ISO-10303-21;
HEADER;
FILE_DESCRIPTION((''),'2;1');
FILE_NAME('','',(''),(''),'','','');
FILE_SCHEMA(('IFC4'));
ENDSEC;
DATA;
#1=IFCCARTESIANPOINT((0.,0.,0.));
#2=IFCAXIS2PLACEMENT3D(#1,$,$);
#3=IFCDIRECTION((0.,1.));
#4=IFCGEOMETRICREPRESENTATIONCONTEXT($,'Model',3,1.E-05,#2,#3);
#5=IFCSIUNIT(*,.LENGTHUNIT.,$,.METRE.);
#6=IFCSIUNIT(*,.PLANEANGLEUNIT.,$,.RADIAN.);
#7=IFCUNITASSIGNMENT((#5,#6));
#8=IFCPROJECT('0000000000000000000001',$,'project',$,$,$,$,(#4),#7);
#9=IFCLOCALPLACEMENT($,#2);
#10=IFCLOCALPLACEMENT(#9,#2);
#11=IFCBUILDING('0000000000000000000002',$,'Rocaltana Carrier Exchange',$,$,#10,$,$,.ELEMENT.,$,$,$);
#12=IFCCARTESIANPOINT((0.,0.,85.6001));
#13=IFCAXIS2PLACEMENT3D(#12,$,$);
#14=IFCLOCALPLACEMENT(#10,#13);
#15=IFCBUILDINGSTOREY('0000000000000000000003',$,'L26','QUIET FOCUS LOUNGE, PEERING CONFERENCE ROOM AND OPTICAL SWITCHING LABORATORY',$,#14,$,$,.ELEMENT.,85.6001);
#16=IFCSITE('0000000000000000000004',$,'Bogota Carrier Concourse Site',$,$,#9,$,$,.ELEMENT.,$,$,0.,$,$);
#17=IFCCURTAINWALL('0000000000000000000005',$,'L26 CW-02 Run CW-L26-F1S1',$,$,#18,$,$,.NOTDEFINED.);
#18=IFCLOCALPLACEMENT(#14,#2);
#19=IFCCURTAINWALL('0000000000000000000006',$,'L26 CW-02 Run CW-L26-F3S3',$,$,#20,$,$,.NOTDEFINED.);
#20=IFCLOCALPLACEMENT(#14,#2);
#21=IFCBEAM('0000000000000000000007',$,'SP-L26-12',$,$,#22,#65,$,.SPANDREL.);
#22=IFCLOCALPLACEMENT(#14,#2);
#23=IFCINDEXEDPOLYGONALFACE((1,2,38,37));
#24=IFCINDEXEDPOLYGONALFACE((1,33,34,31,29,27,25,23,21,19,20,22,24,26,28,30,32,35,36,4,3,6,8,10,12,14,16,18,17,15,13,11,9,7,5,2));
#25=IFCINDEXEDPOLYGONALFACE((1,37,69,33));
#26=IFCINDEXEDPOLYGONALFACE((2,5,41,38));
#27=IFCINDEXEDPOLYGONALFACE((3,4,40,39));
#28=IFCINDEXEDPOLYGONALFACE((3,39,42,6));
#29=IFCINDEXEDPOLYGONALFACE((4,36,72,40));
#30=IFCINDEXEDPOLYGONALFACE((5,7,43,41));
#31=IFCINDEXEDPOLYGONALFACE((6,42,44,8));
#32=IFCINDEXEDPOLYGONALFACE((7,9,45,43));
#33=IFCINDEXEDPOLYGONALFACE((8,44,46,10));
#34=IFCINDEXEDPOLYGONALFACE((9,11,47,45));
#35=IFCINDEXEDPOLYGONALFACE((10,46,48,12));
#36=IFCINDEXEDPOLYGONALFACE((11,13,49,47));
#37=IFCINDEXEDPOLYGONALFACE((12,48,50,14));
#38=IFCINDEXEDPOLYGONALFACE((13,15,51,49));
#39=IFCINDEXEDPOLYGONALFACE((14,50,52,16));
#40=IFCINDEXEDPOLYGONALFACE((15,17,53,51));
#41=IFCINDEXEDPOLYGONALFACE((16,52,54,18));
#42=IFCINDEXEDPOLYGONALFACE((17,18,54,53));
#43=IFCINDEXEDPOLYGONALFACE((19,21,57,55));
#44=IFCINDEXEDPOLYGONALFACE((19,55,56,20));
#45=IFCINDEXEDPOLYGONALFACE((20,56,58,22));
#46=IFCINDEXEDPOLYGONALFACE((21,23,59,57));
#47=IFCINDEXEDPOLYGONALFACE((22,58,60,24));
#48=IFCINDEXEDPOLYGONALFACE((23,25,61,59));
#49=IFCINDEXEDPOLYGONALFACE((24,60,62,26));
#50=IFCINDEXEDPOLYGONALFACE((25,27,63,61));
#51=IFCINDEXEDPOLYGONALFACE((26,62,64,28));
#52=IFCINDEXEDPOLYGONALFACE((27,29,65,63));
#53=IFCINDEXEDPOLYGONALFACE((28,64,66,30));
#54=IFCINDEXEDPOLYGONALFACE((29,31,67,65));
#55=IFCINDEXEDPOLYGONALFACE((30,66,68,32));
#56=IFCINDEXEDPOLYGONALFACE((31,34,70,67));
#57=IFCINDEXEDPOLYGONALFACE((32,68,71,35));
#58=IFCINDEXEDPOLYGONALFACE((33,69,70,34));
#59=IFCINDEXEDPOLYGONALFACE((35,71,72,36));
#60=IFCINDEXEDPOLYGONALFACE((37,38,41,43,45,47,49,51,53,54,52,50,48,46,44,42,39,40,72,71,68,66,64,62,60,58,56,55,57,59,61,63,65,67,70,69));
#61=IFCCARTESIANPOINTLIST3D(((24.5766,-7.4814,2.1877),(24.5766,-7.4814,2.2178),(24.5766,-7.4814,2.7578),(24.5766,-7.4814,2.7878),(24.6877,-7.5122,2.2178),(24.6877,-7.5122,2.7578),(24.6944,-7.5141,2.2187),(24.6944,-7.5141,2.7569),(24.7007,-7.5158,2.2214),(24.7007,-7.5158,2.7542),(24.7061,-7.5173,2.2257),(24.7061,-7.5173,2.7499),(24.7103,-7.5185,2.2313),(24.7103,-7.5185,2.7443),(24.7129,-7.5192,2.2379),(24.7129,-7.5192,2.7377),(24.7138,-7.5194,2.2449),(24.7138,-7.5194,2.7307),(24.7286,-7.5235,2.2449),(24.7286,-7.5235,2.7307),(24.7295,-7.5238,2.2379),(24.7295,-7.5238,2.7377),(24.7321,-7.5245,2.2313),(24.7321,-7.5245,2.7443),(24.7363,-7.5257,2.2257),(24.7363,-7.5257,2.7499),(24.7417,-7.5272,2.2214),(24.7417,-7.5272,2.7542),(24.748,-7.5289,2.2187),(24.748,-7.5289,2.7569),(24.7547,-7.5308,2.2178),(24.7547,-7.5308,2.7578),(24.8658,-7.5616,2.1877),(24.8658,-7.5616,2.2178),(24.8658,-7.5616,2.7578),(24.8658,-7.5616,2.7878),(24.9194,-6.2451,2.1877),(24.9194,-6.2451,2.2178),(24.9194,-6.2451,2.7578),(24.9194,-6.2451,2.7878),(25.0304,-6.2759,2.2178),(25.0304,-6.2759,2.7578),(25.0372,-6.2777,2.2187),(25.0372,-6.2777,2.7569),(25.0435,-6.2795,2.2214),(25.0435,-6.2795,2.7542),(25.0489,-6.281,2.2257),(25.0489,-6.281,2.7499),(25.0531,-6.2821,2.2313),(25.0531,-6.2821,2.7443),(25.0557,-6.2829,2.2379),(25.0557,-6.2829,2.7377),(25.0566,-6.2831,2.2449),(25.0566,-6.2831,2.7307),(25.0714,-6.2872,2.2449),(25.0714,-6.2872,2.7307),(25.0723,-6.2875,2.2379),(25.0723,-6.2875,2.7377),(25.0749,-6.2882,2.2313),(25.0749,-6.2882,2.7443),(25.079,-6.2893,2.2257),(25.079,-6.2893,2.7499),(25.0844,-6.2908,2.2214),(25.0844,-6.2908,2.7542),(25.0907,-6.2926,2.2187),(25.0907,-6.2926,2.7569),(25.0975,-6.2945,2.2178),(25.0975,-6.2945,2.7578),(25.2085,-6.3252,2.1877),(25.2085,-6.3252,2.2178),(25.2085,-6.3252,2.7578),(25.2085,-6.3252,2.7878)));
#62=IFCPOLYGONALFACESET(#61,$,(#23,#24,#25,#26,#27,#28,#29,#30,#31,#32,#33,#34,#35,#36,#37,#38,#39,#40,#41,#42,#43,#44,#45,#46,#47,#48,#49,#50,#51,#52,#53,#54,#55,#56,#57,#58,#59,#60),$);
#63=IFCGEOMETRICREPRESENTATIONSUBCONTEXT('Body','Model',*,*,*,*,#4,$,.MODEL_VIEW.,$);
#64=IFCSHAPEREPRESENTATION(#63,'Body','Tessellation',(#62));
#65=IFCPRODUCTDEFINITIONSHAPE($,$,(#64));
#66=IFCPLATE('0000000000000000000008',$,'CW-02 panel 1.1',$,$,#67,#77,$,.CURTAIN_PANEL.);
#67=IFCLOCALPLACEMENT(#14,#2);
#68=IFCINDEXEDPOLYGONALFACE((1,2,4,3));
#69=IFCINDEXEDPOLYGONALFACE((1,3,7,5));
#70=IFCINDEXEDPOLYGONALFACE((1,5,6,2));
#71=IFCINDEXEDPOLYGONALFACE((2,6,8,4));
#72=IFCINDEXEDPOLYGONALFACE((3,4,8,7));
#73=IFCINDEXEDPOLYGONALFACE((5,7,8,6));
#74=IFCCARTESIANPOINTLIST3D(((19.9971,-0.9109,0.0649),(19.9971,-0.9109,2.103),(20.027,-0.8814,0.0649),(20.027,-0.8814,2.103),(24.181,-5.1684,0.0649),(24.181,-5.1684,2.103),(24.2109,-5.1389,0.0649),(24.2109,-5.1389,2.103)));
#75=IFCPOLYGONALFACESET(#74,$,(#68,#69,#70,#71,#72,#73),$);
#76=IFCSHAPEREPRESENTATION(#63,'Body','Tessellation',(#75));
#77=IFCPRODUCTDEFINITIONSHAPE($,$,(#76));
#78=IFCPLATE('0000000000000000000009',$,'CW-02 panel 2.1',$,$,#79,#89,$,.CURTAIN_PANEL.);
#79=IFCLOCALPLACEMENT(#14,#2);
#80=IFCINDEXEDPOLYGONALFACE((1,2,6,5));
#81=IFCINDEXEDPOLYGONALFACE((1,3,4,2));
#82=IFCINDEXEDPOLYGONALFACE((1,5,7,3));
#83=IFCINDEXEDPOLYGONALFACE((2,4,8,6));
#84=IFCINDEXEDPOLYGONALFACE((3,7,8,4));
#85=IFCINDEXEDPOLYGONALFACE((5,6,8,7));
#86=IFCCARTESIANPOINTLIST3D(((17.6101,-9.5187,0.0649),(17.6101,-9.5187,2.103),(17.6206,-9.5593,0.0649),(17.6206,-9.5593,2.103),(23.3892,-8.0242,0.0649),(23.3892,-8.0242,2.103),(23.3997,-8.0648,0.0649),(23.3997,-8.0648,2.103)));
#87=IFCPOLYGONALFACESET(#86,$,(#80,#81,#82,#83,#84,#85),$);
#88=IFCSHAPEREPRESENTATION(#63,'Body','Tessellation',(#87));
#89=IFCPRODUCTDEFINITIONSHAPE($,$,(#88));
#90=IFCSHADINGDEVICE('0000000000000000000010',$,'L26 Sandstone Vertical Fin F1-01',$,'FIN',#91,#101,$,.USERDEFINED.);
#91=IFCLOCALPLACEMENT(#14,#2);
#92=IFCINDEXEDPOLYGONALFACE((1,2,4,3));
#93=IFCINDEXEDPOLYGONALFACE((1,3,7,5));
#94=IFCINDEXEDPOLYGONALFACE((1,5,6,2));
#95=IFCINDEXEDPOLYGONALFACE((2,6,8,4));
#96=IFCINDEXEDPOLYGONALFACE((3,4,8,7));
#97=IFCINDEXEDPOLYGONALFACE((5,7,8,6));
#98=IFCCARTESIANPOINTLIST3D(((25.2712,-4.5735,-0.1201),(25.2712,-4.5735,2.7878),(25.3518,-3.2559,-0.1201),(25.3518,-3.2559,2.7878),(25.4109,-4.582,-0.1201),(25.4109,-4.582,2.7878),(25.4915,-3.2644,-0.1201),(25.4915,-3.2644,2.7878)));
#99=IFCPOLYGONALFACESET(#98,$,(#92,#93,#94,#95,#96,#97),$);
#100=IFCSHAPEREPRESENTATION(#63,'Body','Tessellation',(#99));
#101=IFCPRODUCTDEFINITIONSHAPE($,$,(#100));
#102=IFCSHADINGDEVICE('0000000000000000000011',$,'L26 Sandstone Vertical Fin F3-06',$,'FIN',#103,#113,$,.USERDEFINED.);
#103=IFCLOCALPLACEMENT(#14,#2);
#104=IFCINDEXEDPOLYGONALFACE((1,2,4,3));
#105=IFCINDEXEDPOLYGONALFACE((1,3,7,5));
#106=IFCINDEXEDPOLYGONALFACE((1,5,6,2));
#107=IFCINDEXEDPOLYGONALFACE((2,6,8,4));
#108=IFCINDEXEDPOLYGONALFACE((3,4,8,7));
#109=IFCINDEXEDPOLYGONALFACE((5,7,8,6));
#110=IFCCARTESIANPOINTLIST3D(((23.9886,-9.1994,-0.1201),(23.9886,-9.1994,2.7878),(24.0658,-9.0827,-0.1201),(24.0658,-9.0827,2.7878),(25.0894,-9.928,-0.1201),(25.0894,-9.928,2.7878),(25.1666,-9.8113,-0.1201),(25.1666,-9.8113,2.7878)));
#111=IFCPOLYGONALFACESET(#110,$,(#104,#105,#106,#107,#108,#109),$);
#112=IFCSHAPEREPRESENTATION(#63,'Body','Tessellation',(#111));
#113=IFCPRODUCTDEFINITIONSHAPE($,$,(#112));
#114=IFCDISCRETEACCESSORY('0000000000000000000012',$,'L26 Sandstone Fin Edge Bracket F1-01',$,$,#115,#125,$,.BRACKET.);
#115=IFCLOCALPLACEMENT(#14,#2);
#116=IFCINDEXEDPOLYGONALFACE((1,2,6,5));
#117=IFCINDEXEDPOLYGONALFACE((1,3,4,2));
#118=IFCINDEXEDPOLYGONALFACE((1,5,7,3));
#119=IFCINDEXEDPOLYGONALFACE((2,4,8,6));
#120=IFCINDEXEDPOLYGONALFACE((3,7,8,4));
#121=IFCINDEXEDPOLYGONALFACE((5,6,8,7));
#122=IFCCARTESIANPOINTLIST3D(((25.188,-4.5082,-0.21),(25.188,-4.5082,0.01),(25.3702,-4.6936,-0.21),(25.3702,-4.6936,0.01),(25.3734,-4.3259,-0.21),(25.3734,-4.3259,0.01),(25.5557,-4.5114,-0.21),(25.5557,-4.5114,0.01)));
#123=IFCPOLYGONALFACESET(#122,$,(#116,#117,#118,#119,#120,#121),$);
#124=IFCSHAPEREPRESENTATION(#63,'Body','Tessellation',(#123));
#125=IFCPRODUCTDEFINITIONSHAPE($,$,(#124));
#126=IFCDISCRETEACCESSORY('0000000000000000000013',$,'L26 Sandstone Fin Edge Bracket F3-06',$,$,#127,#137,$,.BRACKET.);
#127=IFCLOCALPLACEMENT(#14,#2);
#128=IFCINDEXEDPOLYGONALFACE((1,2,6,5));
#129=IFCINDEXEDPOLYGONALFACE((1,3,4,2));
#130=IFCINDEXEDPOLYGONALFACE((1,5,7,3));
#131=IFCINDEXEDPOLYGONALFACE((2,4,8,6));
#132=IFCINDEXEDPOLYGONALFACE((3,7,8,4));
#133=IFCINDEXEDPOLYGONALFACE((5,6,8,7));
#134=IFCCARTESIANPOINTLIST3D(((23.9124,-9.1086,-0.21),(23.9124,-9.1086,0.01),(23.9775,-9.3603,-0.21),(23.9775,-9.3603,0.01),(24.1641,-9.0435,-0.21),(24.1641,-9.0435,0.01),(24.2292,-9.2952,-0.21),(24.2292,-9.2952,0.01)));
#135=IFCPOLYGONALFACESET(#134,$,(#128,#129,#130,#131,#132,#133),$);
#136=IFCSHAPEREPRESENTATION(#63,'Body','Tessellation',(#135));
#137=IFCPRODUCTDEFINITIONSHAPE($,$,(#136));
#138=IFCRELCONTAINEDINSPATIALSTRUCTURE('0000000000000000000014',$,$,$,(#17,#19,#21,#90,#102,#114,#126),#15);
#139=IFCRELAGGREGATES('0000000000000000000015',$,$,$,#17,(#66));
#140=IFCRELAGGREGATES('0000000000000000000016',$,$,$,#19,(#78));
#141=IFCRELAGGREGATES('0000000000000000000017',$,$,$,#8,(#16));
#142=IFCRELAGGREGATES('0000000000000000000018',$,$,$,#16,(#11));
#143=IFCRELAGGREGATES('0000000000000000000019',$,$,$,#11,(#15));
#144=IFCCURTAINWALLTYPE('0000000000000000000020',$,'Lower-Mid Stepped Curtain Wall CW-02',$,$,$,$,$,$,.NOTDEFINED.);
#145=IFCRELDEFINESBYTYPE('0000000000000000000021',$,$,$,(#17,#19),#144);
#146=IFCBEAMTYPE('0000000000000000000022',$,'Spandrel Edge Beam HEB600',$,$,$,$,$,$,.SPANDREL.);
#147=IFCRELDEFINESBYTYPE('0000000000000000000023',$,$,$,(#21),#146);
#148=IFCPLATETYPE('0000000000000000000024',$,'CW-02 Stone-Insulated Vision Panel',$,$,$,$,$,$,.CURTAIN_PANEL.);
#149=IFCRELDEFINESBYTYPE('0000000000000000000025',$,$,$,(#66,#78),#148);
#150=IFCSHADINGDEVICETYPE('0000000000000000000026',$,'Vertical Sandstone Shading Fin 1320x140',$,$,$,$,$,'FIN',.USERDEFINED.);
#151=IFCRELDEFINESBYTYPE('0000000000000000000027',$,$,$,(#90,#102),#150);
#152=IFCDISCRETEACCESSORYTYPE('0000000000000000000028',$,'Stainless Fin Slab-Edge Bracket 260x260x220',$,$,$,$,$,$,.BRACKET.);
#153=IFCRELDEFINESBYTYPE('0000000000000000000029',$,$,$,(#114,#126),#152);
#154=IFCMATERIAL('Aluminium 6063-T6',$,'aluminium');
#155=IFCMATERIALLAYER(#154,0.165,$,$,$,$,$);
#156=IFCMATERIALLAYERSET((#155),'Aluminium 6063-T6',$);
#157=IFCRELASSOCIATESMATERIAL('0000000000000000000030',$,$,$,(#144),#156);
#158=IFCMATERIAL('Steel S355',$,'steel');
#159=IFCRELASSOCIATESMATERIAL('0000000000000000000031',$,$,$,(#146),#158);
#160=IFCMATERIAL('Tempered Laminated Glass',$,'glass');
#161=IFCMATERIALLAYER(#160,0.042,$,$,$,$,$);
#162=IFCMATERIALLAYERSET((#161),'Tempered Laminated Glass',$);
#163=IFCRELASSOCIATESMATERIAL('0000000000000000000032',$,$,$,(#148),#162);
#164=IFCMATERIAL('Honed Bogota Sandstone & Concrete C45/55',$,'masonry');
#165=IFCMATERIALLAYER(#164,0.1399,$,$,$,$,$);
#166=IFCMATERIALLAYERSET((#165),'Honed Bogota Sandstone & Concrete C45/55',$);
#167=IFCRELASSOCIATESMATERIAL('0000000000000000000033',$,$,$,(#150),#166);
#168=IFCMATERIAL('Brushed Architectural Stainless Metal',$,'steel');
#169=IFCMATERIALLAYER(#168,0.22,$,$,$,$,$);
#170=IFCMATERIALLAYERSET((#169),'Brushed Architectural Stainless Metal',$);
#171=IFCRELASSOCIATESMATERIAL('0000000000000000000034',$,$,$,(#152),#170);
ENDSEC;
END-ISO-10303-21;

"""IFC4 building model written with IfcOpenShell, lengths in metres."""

from ifc_helpers import new_model, si_unit, direction, frame, origin, origin_2d, place, context, subcontext, project, spatial, rectangle, i_section, extrude, material, layer, layer_set, material_profile, profile_set, type_object, element, aggregate, save


model = new_model("IFC4")

# Units and contexts
model_context = context("Model", 3, precision=1e-05, world=origin(), true_north=direction((0.0, 1.0)))
body_context = subcontext(model_context, "Body", "Model", "MODEL_VIEW")
ifc_project = project(units=[si_unit("LENGTHUNIT", "METRE"), si_unit("PLANEANGLEUNIT", "RADIAN")], contexts=[model_context])

# Site, building, storey
site_placement = place(None, origin())
site = spatial("IfcSite", under=ifc_project, at=site_placement, Name="Bogota Carrier Concourse Site", CompositionType="ELEMENT", RefElevation=0.0)
building_placement = place(site_placement, origin())
building = spatial("IfcBuilding", under=site, at=building_placement, Name="Rocaltana Carrier Exchange", CompositionType="ELEMENT")
storey_placement = place(building_placement, frame((0.0, 0.0, 85.6001)))
storey = spatial("IfcBuildingStorey", under=building, at=storey_placement, Name="L26", Description="QUIET FOCUS LOUNGE, PEERING CONFERENCE ROOM AND OPTICAL SWITCHING LABORATORY", CompositionType="ELEMENT", Elevation=85.6001)

# Curtain wall
ifc_material_1 = material(Name="Aluminium 6063-T6", Category="aluminium")
ifc_layer_1 = layer(ifc_material_1, 0.165)
ifc_layer_set_1 = layer_set([ifc_layer_1], Name="Aluminium 6063-T6")
curtain_wall_type = type_object("IfcCurtainWallType", Name="Lower-Mid Stepped Curtain Wall CW-02", PredefinedType="NOTDEFINED", material=ifc_layer_set_1)
curtain_wall_1_placement = place(storey_placement, origin())
curtain_wall_1 = element("IfcCurtainWall", 1, at=curtain_wall_1_placement, inside=storey, type_object=curtain_wall_type, Name="L26 CW-02 Run CW-L26-F1S1", PredefinedType="NOTDEFINED")

# Curtain wall
curtain_wall_2_placement = place(storey_placement, origin())
curtain_wall_2 = element("IfcCurtainWall", 2, at=curtain_wall_2_placement, inside=storey, type_object=curtain_wall_type, Name="L26 CW-02 Run CW-L26-F3S3", PredefinedType="NOTDEFINED")

# Beam
ifc_material_2 = material(Name="Steel S355", Category="steel")
ifc_material_profile_1 = material_profile(ifc_material_2, i_section(OverallWidth=0.3, OverallDepth=0.6001, WebThickness=0.0154, FlangeThickness=0.03, FilletRadius=0.0271, at=origin_2d()), Name="HEB600")
ifc_profile_set_1 = profile_set([ifc_material_profile_1], Name="Steel S355")
beam_type_1 = type_object("IfcBeamType", Name="Spandrel Edge Beam HEB600", PredefinedType="SPANDREL", material=ifc_profile_set_1)
beam_1_placement = place(storey_placement, frame((24.7212, -7.5215, 2.4878), z_axis=(0.267173, 0.963649, 0.0), x_axis=(-0.963649, 0.267173, 0.0)))
element("IfcBeam", 3, at=beam_1_placement, inside=storey, type_object=beam_type_1, Name="SP-L26-12", PredefinedType="SPANDREL", context=body_context, shape_type="SweptSolid", body=[
    extrude(i_section(OverallWidth=0.3, OverallDepth=0.6001, WebThickness=0.0154, FlangeThickness=0.03, FilletRadius=0.0271, at=origin_2d()), origin(), (0.0, 0.0, 1.0), 1.283),
])

# Plates
ifc_material_3 = material(Name="Tempered Laminated Glass", Category="glass")
ifc_layer_2 = layer(ifc_material_3, 0.042)
ifc_layer_set_2 = layer_set([ifc_layer_2], Name="Tempered Laminated Glass")
plate_type = type_object("IfcPlateType", Name="CW-02 Stone-Insulated Vision Panel", PredefinedType="CURTAIN_PANEL", material=ifc_layer_set_2)
plate_1_placement = place(storey_placement, frame((22.104, -3.0249, 0.0649), z_axis=(0.0, 0.0, 1.0), x_axis=(-0.700915, 0.713245, 0.0)))
plate_1 = element("IfcPlate", 4, at=plate_1_placement, type_object=plate_type, Name="CW-02 panel 1.1", PredefinedType="CURTAIN_PANEL", context=body_context, shape_type="SweptSolid", body=[
    extrude(rectangle(XDim=5.9692, YDim=0.042, at=origin_2d()), origin(), (0.0, 0.0, 1.0), 2.0381),
])
aggregate(curtain_wall_1, [plate_1])
plate_2_placement = place(storey_placement, frame((20.5049, -8.7917, 0.0649), z_axis=(0.0, 0.0, 1.0), x_axis=(0.96815, 0.25037, 0.0)))
plate_2 = element("IfcPlate", 5, at=plate_2_placement, type_object=plate_type, Name="CW-02 panel 2.1", PredefinedType="CURTAIN_PANEL", context=body_context, shape_type="SweptSolid", body=[
    extrude(rectangle(XDim=5.9692, YDim=0.042, at=origin_2d()), origin(), (0.0, 0.0, 1.0), 2.0381),
])
aggregate(curtain_wall_2, [plate_2])

# Shading devices
ifc_material_4 = material(Name="Honed Bogota Sandstone & Concrete C45/55", Category="masonry")
ifc_layer_3 = layer(ifc_material_4, 0.1399)
ifc_layer_set_3 = layer_set([ifc_layer_3], Name="Honed Bogota Sandstone & Concrete C45/55")
shading_device_type = type_object("IfcShadingDeviceType", Name="Vertical Sandstone Shading Fin 1320x140", ElementType="FIN", PredefinedType="USERDEFINED", material=ifc_layer_set_3)
for number, where, z_axis, x_axis, name in (
    (6, (25.3813, -3.9189, -0.1201), (0.0, 0.0, 1.0), (0.061049, 0.998135, 0.0), "L26 Sandstone Vertical Fin F1-01"),
    (7, (24.5776, -9.5054, -0.1201), (0.0, 0.0, 1.0), (0.833886, -0.551937, 0.0), "L26 Sandstone Vertical Fin F3-06"),
):
    element("IfcShadingDevice", number, at=place(storey_placement, frame(where, z_axis=z_axis, x_axis=x_axis)), inside=storey, type_object=shading_device_type, Name=name, ObjectType="FIN", PredefinedType="USERDEFINED", context=body_context, shape_type="SweptSolid", body=[
        extrude(rectangle(XDim=1.3201, YDim=0.1399, at=origin_2d()), origin(), (0.0, 0.0, 1.0), 2.908),
    ])

# Discrete accessories
ifc_material_5 = material(Name="Brushed Architectural Stainless Metal", Category="steel")
ifc_layer_4 = layer(ifc_material_5, 0.22)
ifc_layer_set_4 = layer_set([ifc_layer_4], Name="Brushed Architectural Stainless Metal")
discrete_accessory_type = type_object("IfcDiscreteAccessoryType", Name="Stainless Fin Slab-Edge Bracket 260x260x220", PredefinedType="BRACKET", material=ifc_layer_set_4)
for number, where, z_axis, x_axis, name in (
    (8, (25.3718, -4.5098, -0.21), (0.0, 0.0, 1.0), (-0.700909, 0.71325, 0.0), "L26 Sandstone Fin Edge Bracket F1-01"),
    (9, (24.0708, -9.2019, -0.21), (0.0, 0.0, 1.0), (0.968148, 0.25038, 0.0), "L26 Sandstone Fin Edge Bracket F3-06"),
):
    element("IfcDiscreteAccessory", number, at=place(storey_placement, frame(where, z_axis=z_axis, x_axis=x_axis)), inside=storey, type_object=discrete_accessory_type, Name=name, PredefinedType="BRACKET", context=body_context, shape_type="SweptSolid", body=[
        extrude(rectangle(XDim=0.26, YDim=0.26, at=origin_2d()), origin(), (0.0, 0.0, 1.0), 0.22),
    ])

save(model, "model.ifc")
